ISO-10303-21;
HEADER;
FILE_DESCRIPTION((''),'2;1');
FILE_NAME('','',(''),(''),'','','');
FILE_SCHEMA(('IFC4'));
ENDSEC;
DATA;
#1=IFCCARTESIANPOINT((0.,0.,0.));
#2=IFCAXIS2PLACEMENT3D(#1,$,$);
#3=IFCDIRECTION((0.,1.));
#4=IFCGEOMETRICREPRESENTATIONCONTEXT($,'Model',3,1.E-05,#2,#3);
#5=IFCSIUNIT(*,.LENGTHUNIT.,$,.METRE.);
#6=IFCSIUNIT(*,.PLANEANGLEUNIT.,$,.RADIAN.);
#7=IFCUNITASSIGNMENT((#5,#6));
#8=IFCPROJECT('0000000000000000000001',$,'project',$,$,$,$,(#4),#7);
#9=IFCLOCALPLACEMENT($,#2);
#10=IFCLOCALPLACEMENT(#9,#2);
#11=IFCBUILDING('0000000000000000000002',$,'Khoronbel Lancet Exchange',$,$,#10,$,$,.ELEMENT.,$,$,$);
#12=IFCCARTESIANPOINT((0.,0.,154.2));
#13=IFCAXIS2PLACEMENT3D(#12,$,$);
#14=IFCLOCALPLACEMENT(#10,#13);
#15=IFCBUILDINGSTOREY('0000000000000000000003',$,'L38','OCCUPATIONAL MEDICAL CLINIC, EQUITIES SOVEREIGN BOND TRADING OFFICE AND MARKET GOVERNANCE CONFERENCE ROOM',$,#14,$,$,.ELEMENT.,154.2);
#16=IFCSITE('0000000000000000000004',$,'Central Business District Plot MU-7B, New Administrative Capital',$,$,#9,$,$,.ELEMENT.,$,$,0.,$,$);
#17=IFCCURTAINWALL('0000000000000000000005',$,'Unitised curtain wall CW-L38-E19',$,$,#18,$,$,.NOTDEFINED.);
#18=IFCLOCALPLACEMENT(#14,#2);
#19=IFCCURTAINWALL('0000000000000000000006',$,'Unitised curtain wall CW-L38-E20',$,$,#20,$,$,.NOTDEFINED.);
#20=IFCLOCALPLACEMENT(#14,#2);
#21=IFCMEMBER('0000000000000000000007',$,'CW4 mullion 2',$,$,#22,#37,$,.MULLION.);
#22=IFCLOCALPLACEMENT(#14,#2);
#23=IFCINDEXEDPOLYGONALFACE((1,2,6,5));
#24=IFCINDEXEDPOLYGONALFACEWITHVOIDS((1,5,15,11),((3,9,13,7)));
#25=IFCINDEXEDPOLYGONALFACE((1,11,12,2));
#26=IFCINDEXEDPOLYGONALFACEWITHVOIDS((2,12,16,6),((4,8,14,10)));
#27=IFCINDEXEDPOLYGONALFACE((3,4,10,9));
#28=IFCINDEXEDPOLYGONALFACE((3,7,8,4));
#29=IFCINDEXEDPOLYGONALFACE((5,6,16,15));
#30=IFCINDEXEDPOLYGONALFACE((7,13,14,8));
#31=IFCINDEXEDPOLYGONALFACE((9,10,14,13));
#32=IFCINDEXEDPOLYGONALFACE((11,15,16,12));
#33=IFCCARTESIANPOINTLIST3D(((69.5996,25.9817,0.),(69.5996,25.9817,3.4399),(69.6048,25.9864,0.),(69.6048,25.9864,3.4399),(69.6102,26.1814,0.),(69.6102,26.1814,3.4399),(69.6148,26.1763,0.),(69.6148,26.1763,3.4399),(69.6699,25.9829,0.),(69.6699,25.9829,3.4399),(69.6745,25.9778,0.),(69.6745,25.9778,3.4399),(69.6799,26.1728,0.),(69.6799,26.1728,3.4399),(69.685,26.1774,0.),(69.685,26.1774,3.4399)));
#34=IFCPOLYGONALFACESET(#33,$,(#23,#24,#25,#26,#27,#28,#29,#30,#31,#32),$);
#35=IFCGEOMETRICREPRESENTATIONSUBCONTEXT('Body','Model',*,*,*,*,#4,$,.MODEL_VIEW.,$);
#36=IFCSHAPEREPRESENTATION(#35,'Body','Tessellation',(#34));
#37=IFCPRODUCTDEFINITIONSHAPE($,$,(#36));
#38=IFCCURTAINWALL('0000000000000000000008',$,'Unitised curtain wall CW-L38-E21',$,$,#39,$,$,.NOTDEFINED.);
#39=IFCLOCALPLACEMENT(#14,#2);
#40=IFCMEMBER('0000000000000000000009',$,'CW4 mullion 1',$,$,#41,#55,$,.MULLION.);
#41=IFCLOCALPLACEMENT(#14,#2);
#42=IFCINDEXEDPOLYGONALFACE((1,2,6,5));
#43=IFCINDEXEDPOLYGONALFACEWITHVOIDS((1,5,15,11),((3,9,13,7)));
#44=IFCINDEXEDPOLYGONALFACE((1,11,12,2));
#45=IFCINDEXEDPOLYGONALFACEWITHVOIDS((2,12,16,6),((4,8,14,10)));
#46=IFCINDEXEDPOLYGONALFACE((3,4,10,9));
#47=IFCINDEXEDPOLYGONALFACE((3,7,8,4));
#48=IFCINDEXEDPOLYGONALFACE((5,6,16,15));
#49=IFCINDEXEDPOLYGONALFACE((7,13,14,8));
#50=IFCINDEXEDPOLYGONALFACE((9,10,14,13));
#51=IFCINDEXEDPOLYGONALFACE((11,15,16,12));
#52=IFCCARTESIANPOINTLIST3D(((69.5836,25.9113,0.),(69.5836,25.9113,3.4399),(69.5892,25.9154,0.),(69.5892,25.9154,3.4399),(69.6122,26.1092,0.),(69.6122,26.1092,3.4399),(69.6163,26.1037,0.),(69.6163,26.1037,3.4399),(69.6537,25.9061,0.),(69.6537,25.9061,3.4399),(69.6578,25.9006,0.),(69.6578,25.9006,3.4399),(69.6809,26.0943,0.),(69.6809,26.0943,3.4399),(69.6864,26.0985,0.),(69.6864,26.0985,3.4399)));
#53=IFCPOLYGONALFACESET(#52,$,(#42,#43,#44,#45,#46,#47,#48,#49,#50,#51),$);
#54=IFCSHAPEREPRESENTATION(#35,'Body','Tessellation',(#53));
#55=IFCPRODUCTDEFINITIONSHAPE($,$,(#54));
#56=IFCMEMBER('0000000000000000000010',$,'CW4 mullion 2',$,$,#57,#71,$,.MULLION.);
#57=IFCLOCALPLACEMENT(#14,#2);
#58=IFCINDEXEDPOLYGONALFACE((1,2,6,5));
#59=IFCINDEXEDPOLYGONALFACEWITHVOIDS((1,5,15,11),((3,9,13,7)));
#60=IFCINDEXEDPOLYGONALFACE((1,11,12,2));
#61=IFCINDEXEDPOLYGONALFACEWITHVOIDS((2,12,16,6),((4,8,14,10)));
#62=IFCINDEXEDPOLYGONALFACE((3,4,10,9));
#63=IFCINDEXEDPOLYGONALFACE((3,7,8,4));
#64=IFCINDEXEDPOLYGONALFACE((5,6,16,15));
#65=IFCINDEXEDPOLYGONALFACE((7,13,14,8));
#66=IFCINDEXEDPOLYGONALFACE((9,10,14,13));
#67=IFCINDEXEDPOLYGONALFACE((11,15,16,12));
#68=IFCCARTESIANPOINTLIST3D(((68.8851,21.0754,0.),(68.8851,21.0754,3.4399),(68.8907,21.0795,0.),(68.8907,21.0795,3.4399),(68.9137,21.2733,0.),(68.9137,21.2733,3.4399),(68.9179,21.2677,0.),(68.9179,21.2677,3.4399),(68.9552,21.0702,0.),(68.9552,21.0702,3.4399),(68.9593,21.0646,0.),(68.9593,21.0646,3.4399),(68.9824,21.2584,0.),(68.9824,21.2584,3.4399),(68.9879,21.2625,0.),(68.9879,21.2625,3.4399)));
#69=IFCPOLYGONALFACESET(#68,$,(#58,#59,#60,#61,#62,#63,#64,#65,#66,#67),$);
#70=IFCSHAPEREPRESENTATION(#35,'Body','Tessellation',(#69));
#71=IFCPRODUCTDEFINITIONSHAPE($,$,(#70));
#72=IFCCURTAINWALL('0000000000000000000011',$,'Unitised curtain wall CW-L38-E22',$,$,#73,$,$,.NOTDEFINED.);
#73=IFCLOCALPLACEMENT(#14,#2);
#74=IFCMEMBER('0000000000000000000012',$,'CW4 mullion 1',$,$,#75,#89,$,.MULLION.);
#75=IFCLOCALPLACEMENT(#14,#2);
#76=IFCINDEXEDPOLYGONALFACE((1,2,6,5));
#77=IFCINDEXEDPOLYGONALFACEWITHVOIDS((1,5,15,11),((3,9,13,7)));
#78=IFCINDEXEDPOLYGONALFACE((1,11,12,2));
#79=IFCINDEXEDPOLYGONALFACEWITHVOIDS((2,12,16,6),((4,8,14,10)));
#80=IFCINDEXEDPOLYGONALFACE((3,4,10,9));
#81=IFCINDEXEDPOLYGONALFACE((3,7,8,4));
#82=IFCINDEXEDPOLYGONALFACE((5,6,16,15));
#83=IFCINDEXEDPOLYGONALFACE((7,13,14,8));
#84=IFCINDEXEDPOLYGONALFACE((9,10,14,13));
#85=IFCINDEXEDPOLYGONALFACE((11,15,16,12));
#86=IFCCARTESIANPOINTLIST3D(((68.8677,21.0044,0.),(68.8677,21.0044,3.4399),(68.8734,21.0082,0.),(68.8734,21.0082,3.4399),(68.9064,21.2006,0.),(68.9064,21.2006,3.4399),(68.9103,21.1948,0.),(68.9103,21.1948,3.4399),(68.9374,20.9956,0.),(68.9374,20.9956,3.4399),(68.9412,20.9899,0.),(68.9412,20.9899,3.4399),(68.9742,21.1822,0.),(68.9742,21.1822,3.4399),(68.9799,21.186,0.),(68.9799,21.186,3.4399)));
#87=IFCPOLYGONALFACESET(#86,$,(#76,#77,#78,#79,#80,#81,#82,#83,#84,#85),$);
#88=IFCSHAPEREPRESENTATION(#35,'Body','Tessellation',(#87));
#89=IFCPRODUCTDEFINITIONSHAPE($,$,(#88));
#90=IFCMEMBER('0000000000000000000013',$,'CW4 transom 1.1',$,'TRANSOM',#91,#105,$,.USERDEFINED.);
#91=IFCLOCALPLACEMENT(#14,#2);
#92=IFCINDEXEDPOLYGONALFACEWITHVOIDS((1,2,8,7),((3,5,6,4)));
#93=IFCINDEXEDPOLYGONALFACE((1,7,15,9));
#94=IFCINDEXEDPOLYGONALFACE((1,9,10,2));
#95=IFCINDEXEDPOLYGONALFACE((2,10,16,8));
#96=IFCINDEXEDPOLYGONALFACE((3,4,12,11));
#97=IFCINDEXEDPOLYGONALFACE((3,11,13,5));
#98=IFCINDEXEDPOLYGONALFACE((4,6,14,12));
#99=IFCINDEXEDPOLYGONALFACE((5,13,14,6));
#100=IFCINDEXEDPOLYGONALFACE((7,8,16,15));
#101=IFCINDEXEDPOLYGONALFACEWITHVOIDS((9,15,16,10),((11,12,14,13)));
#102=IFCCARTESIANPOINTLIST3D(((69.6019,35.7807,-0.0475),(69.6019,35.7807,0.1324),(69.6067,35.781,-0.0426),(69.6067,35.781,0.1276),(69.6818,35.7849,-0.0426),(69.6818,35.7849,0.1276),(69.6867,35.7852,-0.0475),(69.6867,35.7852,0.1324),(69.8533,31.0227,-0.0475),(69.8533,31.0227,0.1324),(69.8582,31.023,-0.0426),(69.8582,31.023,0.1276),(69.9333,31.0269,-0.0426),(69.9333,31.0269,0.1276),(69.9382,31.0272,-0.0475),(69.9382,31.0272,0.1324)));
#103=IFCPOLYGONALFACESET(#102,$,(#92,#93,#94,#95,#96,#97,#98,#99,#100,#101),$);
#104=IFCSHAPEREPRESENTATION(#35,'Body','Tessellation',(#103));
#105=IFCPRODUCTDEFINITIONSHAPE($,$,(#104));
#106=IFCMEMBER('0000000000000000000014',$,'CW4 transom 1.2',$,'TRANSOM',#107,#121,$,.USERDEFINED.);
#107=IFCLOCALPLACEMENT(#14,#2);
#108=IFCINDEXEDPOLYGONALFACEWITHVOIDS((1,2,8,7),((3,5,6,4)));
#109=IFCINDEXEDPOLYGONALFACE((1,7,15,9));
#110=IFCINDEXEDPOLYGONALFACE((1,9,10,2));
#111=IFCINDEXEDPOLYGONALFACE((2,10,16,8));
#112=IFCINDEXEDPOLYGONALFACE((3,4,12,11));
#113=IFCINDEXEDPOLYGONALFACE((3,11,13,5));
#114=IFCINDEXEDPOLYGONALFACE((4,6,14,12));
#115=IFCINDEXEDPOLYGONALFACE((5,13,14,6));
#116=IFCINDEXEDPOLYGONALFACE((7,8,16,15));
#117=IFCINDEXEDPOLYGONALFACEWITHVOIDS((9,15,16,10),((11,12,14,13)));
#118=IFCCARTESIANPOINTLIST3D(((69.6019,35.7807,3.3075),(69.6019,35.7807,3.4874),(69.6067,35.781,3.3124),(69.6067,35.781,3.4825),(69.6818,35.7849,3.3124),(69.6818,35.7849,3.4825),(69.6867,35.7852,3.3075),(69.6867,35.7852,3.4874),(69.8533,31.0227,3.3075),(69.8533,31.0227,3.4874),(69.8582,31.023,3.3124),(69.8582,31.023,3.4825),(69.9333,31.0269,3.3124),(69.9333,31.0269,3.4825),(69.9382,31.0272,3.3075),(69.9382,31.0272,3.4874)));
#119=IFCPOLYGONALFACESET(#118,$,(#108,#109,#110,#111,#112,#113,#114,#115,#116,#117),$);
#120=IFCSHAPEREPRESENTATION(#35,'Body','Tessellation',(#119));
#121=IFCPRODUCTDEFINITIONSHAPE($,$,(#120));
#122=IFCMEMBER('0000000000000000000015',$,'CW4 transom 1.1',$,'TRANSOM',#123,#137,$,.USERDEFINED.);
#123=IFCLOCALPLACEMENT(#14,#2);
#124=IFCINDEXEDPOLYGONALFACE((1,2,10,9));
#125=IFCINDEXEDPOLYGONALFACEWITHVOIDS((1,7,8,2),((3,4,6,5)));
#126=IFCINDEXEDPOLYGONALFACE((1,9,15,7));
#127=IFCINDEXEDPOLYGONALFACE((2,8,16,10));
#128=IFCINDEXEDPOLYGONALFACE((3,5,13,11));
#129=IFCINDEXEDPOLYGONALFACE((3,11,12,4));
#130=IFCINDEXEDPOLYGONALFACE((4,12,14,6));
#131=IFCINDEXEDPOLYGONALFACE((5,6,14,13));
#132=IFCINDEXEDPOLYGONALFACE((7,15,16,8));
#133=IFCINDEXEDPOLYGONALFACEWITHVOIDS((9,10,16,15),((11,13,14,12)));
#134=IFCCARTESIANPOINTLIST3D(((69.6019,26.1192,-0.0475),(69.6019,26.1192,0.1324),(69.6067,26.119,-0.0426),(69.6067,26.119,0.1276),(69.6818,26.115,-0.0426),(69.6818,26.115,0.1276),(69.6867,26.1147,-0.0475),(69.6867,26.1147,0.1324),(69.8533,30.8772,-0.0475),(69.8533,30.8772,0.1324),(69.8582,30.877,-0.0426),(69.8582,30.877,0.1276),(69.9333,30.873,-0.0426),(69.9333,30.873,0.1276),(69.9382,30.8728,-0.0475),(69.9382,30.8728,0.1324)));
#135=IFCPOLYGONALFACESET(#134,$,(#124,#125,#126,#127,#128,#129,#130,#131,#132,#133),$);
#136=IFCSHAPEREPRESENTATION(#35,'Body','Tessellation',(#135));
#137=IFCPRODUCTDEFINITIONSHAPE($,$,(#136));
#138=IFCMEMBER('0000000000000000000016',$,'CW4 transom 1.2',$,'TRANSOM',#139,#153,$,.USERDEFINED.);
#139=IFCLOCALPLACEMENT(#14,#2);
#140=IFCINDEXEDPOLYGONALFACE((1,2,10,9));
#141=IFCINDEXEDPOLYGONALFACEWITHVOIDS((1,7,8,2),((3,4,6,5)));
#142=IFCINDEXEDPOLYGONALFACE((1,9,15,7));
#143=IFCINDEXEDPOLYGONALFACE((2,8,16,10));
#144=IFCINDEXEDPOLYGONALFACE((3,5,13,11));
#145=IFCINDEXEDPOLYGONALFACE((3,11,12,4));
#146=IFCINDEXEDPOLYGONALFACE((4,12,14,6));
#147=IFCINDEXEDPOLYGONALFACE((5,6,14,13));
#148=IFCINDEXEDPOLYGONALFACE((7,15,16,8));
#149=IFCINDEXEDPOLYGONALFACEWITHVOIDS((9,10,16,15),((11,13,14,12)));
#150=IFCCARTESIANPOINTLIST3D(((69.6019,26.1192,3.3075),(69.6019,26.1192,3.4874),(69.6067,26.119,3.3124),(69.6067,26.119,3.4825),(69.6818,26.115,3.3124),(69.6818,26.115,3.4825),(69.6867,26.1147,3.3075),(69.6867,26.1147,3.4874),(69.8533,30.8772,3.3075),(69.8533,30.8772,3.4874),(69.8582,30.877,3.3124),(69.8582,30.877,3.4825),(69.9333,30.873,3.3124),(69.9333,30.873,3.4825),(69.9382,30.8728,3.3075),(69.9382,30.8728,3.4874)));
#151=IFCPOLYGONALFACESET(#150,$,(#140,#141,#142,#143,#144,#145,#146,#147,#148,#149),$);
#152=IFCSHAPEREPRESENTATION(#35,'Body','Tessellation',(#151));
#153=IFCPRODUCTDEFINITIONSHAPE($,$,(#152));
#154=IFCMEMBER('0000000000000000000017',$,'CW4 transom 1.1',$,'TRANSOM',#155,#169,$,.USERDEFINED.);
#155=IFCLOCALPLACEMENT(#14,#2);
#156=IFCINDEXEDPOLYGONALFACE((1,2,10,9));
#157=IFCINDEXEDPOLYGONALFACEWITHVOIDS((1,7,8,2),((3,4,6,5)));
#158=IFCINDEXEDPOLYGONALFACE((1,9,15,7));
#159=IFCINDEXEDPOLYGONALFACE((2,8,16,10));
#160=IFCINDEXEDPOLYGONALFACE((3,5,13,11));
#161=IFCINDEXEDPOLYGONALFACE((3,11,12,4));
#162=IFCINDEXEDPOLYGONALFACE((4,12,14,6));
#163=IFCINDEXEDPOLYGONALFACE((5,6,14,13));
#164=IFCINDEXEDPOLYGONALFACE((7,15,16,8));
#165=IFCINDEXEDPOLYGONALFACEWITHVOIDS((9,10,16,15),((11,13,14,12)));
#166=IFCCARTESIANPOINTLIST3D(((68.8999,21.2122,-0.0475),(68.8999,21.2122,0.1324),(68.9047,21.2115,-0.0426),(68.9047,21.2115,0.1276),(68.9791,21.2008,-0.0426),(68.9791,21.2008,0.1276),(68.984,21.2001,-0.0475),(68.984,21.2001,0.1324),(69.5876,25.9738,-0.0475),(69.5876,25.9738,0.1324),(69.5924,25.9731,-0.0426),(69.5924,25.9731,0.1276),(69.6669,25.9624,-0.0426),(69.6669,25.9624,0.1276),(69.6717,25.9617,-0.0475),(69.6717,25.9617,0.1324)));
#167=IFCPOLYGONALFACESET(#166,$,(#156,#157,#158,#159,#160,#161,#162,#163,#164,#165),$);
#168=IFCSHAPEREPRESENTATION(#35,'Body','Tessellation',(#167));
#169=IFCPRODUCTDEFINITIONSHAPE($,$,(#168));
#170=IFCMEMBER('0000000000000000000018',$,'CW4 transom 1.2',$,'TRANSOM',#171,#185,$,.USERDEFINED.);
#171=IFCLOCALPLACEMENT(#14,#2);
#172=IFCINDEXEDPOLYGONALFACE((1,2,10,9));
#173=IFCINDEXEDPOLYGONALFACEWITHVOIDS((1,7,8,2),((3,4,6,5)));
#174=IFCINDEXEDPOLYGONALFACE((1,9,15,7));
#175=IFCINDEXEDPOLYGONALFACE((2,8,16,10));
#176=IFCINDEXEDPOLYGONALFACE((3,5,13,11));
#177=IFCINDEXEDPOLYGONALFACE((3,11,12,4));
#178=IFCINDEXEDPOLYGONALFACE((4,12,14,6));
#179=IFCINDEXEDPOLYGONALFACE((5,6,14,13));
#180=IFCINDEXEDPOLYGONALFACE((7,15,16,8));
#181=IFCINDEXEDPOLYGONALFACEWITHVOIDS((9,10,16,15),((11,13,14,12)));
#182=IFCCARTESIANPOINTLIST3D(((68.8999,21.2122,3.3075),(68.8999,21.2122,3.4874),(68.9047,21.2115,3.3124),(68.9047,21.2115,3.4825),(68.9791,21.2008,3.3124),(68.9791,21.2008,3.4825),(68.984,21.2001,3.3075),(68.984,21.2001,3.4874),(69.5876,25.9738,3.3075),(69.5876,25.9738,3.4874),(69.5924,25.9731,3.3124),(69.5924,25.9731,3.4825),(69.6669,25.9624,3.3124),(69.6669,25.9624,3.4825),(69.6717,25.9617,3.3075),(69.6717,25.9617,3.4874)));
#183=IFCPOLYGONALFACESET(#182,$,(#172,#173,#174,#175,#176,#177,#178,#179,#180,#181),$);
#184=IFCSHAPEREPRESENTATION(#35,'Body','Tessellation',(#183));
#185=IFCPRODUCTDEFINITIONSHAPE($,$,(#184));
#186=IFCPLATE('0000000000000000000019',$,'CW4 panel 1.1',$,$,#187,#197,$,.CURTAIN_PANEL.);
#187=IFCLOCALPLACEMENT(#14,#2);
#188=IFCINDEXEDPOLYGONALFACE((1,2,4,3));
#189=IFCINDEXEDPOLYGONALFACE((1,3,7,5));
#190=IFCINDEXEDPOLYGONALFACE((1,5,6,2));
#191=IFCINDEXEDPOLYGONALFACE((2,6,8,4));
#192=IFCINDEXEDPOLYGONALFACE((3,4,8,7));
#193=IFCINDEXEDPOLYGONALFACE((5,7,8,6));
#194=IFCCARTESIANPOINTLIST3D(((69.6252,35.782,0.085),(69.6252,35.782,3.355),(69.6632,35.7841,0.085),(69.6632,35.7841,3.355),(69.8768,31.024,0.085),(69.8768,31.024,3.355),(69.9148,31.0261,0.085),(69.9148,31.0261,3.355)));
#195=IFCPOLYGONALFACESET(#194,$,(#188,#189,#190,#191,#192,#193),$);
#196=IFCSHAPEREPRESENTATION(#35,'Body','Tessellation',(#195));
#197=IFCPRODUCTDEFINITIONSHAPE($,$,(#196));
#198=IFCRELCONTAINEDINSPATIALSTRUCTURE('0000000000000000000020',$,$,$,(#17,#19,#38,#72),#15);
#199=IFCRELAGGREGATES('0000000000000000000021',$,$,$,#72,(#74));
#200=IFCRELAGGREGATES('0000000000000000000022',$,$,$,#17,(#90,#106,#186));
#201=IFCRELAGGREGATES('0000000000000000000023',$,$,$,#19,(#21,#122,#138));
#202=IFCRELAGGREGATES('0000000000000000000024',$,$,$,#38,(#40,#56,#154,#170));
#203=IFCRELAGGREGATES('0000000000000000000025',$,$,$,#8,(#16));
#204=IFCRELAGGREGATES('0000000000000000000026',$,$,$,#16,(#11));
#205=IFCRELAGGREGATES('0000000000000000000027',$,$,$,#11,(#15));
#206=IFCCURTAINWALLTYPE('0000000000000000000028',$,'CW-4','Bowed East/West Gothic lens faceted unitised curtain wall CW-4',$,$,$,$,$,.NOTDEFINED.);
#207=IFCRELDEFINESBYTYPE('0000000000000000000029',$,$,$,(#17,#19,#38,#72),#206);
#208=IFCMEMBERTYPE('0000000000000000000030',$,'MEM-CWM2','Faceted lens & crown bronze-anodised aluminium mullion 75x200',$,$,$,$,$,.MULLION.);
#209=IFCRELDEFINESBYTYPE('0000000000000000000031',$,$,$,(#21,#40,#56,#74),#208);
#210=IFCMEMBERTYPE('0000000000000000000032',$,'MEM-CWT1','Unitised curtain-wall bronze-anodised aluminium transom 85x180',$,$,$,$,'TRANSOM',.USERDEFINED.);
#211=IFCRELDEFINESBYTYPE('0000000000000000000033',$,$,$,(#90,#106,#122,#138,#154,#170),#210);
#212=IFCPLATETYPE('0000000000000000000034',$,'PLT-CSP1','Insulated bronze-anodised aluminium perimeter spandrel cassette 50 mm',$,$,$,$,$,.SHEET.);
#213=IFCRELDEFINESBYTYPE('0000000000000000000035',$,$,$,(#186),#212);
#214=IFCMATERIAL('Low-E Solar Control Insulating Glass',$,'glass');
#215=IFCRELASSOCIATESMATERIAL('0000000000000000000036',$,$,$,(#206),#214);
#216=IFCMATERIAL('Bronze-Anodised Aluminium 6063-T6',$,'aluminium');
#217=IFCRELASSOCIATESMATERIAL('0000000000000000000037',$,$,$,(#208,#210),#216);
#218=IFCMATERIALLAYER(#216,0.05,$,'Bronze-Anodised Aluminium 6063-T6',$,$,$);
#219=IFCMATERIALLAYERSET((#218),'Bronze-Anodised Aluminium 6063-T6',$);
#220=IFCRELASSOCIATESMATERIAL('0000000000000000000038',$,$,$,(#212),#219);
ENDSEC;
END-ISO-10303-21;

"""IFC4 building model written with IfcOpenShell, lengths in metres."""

from ifc_helpers import new_model, si_unit, direction, frame, origin, origin_2d, place, context, subcontext, project, spatial, rectangle, hollow_rectangle, extrude, material, layer, layer_set, material_profile, profile_set, type_object, element, aggregate, save


model = new_model("IFC4")

# Units and contexts
model_context = context("Model", 3, precision=1e-05, world=origin(), true_north=direction((0.0, 1.0)))
body_context = subcontext(model_context, "Body", "Model", "MODEL_VIEW")
ifc_project = project(units=[si_unit("LENGTHUNIT", "METRE"), si_unit("PLANEANGLEUNIT", "RADIAN")], contexts=[model_context])

# Site, building, storey
site_placement = place(None, origin())
site = spatial("IfcSite", under=ifc_project, at=site_placement, Name="Central Business District Plot MU-7B, New Administrative Capital", CompositionType="ELEMENT", RefElevation=0.0)
building_placement = place(site_placement, origin())
building = spatial("IfcBuilding", under=site, at=building_placement, Name="Khoronbel Lancet Exchange", CompositionType="ELEMENT")
storey_placement = place(building_placement, frame((0.0, 0.0, 154.2)))
storey = spatial("IfcBuildingStorey", under=building, at=storey_placement, Name="L38", Description="OCCUPATIONAL MEDICAL CLINIC, EQUITIES SOVEREIGN BOND TRADING OFFICE AND MARKET GOVERNANCE CONFERENCE ROOM", CompositionType="ELEMENT", Elevation=154.2)

# Curtain wall
ifc_material_1 = material(Name="Low-E Solar Control Insulating Glass", Category="glass")
curtain_wall_type = type_object("IfcCurtainWallType", Name="CW-4", Description="Bowed East/West Gothic lens faceted unitised curtain wall CW-4", PredefinedType="NOTDEFINED", material=ifc_material_1)
curtain_wall_1_placement = place(storey_placement, origin())
curtain_wall_1 = element("IfcCurtainWall", 1, at=curtain_wall_1_placement, inside=storey, type_object=curtain_wall_type, Name="Unitised curtain wall CW-L38-E19", PredefinedType="NOTDEFINED")
ifc_material_2 = material(Name="Bronze-Anodised Aluminium 6063-T6", Category="aluminium")
ifc_material_profile_1 = material_profile(ifc_material_2, hollow_rectangle(XDim=0.075, YDim=0.2, WallThickness=0.0049, at=origin_2d()), Name="ALU MULLION 75x200")
ifc_profile_set_1 = profile_set([ifc_material_profile_1], Name="Bronze-Anodised Aluminium 6063-T6")
member_type_1 = type_object("IfcMemberType", Name="MEM-CWM2", Description="Faceted lens & crown bronze-anodised aluminium mullion 75x200", PredefinedType="MULLION", material=ifc_profile_set_1)

# Curtain walls, members
curtain_wall_2_placement = place(storey_placement, origin())
curtain_wall_2 = element("IfcCurtainWall", 2, at=curtain_wall_2_placement, inside=storey, type_object=curtain_wall_type, Name="Unitised curtain wall CW-L38-E20", PredefinedType="NOTDEFINED")
member_1_placement = place(storey_placement, frame((69.6423, 26.0796, 0.0), z_axis=(0.0, 0.0, 1.0), x_axis=(0.998605, -0.0528, 0.0)))
member_1 = element("IfcMember", 3, at=member_1_placement, type_object=member_type_1, Name="CW4 mullion 2", PredefinedType="MULLION", context=body_context, shape_type="SweptSolid", body=[
    extrude(hollow_rectangle(XDim=0.075, YDim=0.2, WallThickness=0.0049, at=origin_2d()), origin(), (0.0, 0.0, 1.0), 3.4399),
])
curtain_wall_3_placement = place(storey_placement, origin())
curtain_wall_3 = element("IfcCurtainWall", 4, at=curtain_wall_3_placement, inside=storey, type_object=curtain_wall_type, Name="Unitised curtain wall CW-L38-E21", PredefinedType="NOTDEFINED")
member_2_placement = place(storey_placement, frame((69.635, 26.0049, 0.0), z_axis=(0.0, 0.0, 1.0), x_axis=(0.989733, -0.142931, 0.0)))
member_2 = element("IfcMember", 5, at=member_2_placement, type_object=member_type_1, Name="CW4 mullion 1", PredefinedType="MULLION", context=body_context, shape_type="SweptSolid", body=[
    extrude(hollow_rectangle(XDim=0.075, YDim=0.2, WallThickness=0.0049, at=origin_2d()), origin(), (0.0, 0.0, 1.0), 3.4399),
])
member_3_placement = place(storey_placement, frame((68.9365, 21.1689, 0.0), z_axis=(0.0, 0.0, 1.0), x_axis=(0.989733, -0.142931, 0.0)))
member_3 = element("IfcMember", 6, at=member_3_placement, type_object=member_type_1, Name="CW4 mullion 2", PredefinedType="MULLION", context=body_context, shape_type="SweptSolid", body=[
    extrude(hollow_rectangle(XDim=0.075, YDim=0.2, WallThickness=0.0049, at=origin_2d()), origin(), (0.0, 0.0, 1.0), 3.4399),
])

# Curtain wall, member
curtain_wall_4_placement = place(storey_placement, origin())
curtain_wall_4 = element("IfcCurtainWall", 7, at=curtain_wall_4_placement, inside=storey, type_object=curtain_wall_type, Name="Unitised curtain wall CW-L38-E22", PredefinedType="NOTDEFINED")
member_4_placement = place(storey_placement, frame((68.9238, 21.0952, 0.0), z_axis=(0.0, 0.0, 1.0), x_axis=(0.981092, -0.193544, 0.0)))
member_4 = element("IfcMember", 8, at=member_4_placement, type_object=member_type_1, Name="CW4 mullion 1", PredefinedType="MULLION", context=body_context, shape_type="SweptSolid", body=[
    extrude(hollow_rectangle(XDim=0.075, YDim=0.2, WallThickness=0.0049, at=origin_2d()), origin(), (0.0, 0.0, 1.0), 3.4399),
])
aggregate(curtain_wall_4, [member_4])

# Members
ifc_material_profile_2 = material_profile(ifc_material_2, hollow_rectangle(XDim=0.085, YDim=0.1799, WallThickness=0.0049, at=origin_2d()), Name="ALU TRANSOM 85x180")
ifc_profile_set_2 = profile_set([ifc_material_profile_2], Name="Bronze-Anodised Aluminium 6063-T6")
member_type_2 = type_object("IfcMemberType", Name="MEM-CWT1", Description="Unitised curtain-wall bronze-anodised aluminium transom 85x180", ElementType="TRANSOM", PredefinedType="USERDEFINED", material=ifc_profile_set_2)
member_5_placement = place(storey_placement, frame((69.6443, 35.783, 0.0425), z_axis=(0.052777, -0.998606, 0.0), x_axis=(0.998606, 0.052777, 0.0)))
member_5 = element("IfcMember", 9, at=member_5_placement, type_object=member_type_2, Name="CW4 transom 1.1", ObjectType="TRANSOM", PredefinedType="USERDEFINED", context=body_context, shape_type="SweptSolid", body=[
    extrude(hollow_rectangle(XDim=0.085, YDim=0.1799, WallThickness=0.0049, at=origin_2d()), origin(), (0.0, 0.0, 1.0), 4.7646),
])
member_6_placement = place(storey_placement, frame((69.6443, 35.783, 3.3975), z_axis=(0.052777, -0.998606, 0.0), x_axis=(0.998606, 0.052777, 0.0)))
member_6 = element("IfcMember", 10, at=member_6_placement, type_object=member_type_2, Name="CW4 transom 1.2", ObjectType="TRANSOM", PredefinedType="USERDEFINED", context=body_context, shape_type="SweptSolid", body=[
    extrude(hollow_rectangle(XDim=0.085, YDim=0.1799, WallThickness=0.0049, at=origin_2d()), origin(), (0.0, 0.0, 1.0), 4.7646),
])
member_7_placement = place(storey_placement, frame((69.8958, 30.875, 0.0425), z_axis=(-0.052777, -0.998606, 0.0), x_axis=(0.998606, -0.052777, 0.0)))
member_7 = element("IfcMember", 11, at=member_7_placement, type_object=member_type_2, Name="CW4 transom 1.1", ObjectType="TRANSOM", PredefinedType="USERDEFINED", context=body_context, shape_type="SweptSolid", body=[
    extrude(hollow_rectangle(XDim=0.085, YDim=0.1799, WallThickness=0.0049, at=origin_2d()), origin(), (0.0, 0.0, 1.0), 4.7646),
])
member_8_placement = place(storey_placement, frame((69.8958, 30.875, 3.3975), z_axis=(-0.052777, -0.998606, 0.0), x_axis=(0.998606, -0.052777, 0.0)))
member_8 = element("IfcMember", 12, at=member_8_placement, type_object=member_type_2, Name="CW4 transom 1.2", ObjectType="TRANSOM", PredefinedType="USERDEFINED", context=body_context, shape_type="SweptSolid", body=[
    extrude(hollow_rectangle(XDim=0.085, YDim=0.1799, WallThickness=0.0049, at=origin_2d()), origin(), (0.0, 0.0, 1.0), 4.7646),
])
member_9_placement = place(storey_placement, frame((69.6296, 25.9678, 0.0425), z_axis=(-0.142949, -0.98973, 0.0), x_axis=(0.98973, -0.142949, 0.0)))
member_9 = element("IfcMember", 13, at=member_9_placement, type_object=member_type_2, Name="CW4 transom 1.1", ObjectType="TRANSOM", PredefinedType="USERDEFINED", context=body_context, shape_type="SweptSolid", body=[
    extrude(hollow_rectangle(XDim=0.085, YDim=0.1799, WallThickness=0.0049, at=origin_2d()), origin(), (0.0, 0.0, 1.0), 4.811),
])
member_10_placement = place(storey_placement, frame((69.6296, 25.9678, 3.3975), z_axis=(-0.142949, -0.98973, 0.0), x_axis=(0.98973, -0.142949, 0.0)))
member_10 = element("IfcMember", 14, at=member_10_placement, type_object=member_type_2, Name="CW4 transom 1.2", ObjectType="TRANSOM", PredefinedType="USERDEFINED", context=body_context, shape_type="SweptSolid", body=[
    extrude(hollow_rectangle(XDim=0.085, YDim=0.1799, WallThickness=0.0049, at=origin_2d()), origin(), (0.0, 0.0, 1.0), 4.811),
])

# Plate
ifc_layer_1 = layer(ifc_material_2, 0.05, Name="Bronze-Anodised Aluminium 6063-T6")
ifc_layer_set_1 = layer_set([ifc_layer_1], Name="Bronze-Anodised Aluminium 6063-T6")
plate_type_1 = type_object("IfcPlateType", Name="PLT-CSP1", Description="Insulated bronze-anodised aluminium perimeter spandrel cassette 50 mm", PredefinedType="SHEET", material=ifc_layer_set_1)
plate_1_placement = place(storey_placement, frame((69.77, 33.4041, 0.085), z_axis=(0.0, 0.0, 1.0), x_axis=(0.0528, -0.998605, 0.0)))
plate_1 = element("IfcPlate", 15, at=plate_1_placement, type_object=plate_type_1, Name="CW4 panel 1.1", PredefinedType="CURTAIN_PANEL", context=body_context, shape_type="SweptSolid", body=[
    extrude(rectangle(XDim=4.7646, YDim=0.0381, at=origin_2d()), origin(), (0.0, 0.0, 1.0), 3.27),
])
aggregate(curtain_wall_1, [member_5, member_6, plate_1])
aggregate(curtain_wall_2, [member_1, member_7, member_8])
aggregate(curtain_wall_3, [member_2, member_3, member_9, member_10])

save(model, "model.ifc")
